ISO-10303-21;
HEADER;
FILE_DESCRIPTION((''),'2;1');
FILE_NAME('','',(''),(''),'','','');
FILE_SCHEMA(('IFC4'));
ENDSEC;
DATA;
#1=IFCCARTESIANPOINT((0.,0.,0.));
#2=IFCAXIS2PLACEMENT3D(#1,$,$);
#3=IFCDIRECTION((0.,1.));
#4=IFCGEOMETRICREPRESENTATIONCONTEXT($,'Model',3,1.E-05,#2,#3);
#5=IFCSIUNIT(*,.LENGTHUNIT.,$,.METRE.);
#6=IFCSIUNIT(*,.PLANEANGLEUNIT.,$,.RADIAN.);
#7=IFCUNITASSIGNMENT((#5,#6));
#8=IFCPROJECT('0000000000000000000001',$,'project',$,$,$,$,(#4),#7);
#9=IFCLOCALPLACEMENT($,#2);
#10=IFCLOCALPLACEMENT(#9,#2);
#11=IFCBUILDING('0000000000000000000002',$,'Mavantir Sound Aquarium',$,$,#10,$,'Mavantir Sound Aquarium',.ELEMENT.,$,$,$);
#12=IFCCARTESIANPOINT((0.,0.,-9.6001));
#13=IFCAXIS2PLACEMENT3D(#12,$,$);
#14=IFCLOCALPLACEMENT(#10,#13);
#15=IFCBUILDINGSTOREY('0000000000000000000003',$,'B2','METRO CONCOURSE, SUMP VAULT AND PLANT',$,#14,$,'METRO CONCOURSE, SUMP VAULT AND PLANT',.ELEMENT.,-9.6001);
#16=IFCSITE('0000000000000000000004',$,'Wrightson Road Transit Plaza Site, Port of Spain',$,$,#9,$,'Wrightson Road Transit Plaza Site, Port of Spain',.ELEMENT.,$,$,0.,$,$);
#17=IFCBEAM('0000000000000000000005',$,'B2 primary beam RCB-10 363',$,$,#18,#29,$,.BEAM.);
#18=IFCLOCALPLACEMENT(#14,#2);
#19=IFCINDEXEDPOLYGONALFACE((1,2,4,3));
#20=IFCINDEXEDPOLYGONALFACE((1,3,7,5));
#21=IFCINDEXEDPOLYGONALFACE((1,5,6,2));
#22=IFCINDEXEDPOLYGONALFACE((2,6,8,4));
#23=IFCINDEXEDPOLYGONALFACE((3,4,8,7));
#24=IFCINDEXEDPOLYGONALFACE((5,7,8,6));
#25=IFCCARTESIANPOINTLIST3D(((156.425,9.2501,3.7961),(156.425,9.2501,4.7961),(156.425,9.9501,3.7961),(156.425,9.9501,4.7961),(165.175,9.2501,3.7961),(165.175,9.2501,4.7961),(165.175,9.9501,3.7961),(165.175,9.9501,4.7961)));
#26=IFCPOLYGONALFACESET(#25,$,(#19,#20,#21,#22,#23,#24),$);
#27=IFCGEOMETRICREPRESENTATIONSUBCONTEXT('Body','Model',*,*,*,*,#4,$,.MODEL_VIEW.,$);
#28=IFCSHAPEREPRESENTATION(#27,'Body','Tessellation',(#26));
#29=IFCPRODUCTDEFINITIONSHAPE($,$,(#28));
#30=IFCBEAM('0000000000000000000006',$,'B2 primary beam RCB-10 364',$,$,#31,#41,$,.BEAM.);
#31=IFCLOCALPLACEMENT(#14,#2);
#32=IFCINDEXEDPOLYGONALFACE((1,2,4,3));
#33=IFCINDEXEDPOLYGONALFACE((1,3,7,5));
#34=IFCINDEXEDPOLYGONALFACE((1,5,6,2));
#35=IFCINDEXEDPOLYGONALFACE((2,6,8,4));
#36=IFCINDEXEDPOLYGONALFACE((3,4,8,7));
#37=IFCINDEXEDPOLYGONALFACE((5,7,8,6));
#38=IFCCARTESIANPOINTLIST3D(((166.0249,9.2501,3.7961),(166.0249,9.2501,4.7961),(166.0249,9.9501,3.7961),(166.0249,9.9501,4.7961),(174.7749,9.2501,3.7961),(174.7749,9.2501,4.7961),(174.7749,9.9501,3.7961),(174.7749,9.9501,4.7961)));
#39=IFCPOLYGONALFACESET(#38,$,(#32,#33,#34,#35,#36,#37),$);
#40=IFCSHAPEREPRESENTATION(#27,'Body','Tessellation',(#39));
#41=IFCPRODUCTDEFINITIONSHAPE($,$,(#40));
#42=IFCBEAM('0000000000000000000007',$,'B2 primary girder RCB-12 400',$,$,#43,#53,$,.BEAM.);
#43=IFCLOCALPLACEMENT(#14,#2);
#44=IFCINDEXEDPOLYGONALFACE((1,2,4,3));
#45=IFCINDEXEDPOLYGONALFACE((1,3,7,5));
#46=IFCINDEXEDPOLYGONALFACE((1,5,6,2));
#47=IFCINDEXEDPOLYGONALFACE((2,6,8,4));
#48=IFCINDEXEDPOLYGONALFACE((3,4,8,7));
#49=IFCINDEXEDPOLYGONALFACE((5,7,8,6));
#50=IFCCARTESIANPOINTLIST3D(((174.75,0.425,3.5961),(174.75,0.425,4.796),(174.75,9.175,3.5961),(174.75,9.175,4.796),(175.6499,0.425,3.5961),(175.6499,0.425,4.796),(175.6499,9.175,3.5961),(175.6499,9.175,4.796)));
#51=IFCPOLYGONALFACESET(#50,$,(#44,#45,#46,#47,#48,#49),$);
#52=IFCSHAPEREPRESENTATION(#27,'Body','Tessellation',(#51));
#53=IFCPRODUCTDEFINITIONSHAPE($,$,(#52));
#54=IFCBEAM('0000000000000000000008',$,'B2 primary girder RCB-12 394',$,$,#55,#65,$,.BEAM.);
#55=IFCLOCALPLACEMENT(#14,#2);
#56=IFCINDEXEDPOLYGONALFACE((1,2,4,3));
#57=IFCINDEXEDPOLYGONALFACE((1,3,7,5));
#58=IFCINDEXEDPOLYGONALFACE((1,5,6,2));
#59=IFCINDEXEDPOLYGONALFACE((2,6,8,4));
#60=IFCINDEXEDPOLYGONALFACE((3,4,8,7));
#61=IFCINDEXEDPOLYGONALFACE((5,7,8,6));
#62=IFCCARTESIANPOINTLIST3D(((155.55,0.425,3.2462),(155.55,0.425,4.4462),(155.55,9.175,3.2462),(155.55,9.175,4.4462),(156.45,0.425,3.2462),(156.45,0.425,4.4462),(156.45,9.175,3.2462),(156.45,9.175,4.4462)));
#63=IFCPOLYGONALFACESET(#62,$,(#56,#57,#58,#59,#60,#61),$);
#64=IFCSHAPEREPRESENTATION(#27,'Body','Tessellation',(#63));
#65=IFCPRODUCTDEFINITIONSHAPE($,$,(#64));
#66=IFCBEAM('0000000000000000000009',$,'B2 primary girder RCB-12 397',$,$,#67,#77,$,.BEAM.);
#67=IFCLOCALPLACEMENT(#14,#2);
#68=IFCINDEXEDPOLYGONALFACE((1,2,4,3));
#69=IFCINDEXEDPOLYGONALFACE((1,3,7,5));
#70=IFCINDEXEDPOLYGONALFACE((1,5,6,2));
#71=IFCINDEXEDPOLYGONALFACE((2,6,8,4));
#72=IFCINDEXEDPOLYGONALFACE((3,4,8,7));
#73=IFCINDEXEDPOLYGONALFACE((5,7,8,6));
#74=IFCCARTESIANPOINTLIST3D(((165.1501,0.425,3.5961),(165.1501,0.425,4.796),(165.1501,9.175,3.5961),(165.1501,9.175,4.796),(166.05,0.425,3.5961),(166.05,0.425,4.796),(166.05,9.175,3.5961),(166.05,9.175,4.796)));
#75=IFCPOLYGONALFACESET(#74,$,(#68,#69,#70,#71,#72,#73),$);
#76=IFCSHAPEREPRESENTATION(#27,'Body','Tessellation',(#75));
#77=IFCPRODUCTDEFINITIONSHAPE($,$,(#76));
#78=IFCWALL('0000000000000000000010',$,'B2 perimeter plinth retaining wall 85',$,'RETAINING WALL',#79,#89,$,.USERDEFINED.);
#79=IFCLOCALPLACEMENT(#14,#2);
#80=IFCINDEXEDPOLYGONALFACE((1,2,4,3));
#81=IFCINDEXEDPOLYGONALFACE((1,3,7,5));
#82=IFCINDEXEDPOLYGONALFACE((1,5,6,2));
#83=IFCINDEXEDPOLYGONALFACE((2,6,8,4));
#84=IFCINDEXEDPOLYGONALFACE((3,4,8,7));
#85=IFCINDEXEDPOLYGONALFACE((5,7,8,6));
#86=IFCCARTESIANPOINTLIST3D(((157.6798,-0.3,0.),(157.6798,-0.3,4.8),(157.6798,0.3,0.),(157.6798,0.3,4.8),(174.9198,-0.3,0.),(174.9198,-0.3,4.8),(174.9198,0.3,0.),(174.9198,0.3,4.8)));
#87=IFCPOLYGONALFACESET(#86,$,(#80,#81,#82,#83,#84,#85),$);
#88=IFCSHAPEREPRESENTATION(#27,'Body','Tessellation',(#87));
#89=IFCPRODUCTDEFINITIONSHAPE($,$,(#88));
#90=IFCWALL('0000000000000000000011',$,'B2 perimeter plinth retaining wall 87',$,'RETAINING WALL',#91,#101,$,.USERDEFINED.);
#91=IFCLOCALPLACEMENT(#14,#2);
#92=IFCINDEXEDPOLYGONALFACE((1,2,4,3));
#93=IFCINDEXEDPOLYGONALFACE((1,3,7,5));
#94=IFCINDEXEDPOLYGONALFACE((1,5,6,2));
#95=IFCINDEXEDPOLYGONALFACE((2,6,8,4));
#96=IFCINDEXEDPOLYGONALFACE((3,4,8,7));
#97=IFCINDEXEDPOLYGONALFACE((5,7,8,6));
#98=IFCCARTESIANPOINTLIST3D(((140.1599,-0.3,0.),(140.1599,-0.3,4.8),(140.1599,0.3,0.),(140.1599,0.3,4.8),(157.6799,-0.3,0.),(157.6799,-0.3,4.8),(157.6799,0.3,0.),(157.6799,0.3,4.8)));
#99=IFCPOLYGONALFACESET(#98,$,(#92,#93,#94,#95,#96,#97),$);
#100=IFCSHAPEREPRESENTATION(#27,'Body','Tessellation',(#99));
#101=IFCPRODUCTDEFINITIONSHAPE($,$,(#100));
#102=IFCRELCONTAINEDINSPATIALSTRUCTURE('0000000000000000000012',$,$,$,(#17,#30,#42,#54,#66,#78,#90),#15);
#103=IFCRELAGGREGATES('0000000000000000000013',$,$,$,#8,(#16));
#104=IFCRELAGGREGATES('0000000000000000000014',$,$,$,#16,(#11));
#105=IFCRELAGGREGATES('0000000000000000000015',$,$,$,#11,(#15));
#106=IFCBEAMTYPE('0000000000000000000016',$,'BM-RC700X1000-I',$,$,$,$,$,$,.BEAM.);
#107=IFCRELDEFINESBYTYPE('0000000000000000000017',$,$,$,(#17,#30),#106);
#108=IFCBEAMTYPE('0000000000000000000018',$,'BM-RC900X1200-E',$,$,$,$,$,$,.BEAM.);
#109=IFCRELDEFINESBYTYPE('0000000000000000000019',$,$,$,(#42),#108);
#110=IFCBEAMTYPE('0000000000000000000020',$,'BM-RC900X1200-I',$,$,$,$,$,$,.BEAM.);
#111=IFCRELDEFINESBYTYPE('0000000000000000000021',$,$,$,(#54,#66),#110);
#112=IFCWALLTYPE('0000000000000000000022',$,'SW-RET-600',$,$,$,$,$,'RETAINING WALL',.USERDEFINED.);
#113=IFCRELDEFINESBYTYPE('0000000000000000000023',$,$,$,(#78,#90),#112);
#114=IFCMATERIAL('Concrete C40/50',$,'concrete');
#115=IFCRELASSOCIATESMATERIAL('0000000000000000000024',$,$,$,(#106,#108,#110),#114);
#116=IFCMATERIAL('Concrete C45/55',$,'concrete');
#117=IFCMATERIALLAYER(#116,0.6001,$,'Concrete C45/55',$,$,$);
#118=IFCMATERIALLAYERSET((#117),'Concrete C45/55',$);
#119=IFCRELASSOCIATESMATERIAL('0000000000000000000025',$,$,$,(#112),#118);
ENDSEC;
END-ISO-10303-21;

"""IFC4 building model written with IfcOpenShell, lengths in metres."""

from ifc_helpers import new_model, si_unit, direction, frame, frame_2d, origin, origin_2d, place, context, subcontext, project, spatial, rectangle, extrude, material, layer, layer_set, material_profile, profile_set, type_object, element, save


model = new_model("IFC4")

# Units and contexts
model_context = context("Model", 3, precision=1e-05, world=origin(), true_north=direction((0.0, 1.0)))
body_context = subcontext(model_context, "Body", "Model", "MODEL_VIEW")
ifc_project = project(units=[si_unit("LENGTHUNIT", "METRE"), si_unit("PLANEANGLEUNIT", "RADIAN")], contexts=[model_context])

# Site, building, storey
site_placement = place(None, origin())
site = spatial("IfcSite", under=ifc_project, at=site_placement, Name="Wrightson Road Transit Plaza Site, Port of Spain", LongName="Wrightson Road Transit Plaza Site, Port of Spain", CompositionType="ELEMENT", RefElevation=0.0)
building_placement = place(site_placement, origin())
building = spatial("IfcBuilding", under=site, at=building_placement, Name="Mavantir Sound Aquarium", LongName="Mavantir Sound Aquarium", CompositionType="ELEMENT")
storey_placement = place(building_placement, frame((0.0, 0.0, -9.6001)))
storey = spatial("IfcBuildingStorey", under=building, at=storey_placement, Name="B2", Description="METRO CONCOURSE, SUMP VAULT AND PLANT", LongName="METRO CONCOURSE, SUMP VAULT AND PLANT", CompositionType="ELEMENT", Elevation=-9.6001)

# Shared definitions
ifc_material_1 = material(Name="Concrete C40/50", Category="concrete")

# Beams
ifc_material_profile_1 = material_profile(ifc_material_1, rectangle(XDim=0.7, YDim=1.0, at=origin_2d()), Name="RC 700X1000")
ifc_profile_set_1 = profile_set([ifc_material_profile_1], Name="Concrete C40/50")
beam_type_1 = type_object("IfcBeamType", Name="BM-RC700X1000-I", PredefinedType="BEAM", material=ifc_profile_set_1)
for number, where, z_axis, x_axis, name in (
    (1, (156.425, 9.6001, 4.2961), (1.0, 0.0, 0.0), (0.0, 1.0, 0.0), "B2 primary beam RCB-10 363"),
    (2, (166.0249, 9.6001, 4.2961), (1.0, 0.0, 0.0), (0.0, 1.0, 0.0), "B2 primary beam RCB-10 364"),
):
    element("IfcBeam", number, at=place(storey_placement, frame(where, z_axis=z_axis, x_axis=x_axis)), inside=storey, type_object=beam_type_1, Name=name, PredefinedType="BEAM", context=body_context, shape_type="SweptSolid", body=[
        extrude(rectangle(XDim=0.7, YDim=1.0, at=origin_2d()), origin(), (0.0, 0.0, 1.0), 8.75),
    ])
ifc_material_profile_2 = material_profile(ifc_material_1, rectangle(XDim=0.8999, YDim=1.2, at=origin_2d()), Name="RC 900X1200")
ifc_profile_set_2 = profile_set([ifc_material_profile_2], Name="Concrete C40/50")
beam_type_2 = type_object("IfcBeamType", Name="BM-RC900X1200-E", PredefinedType="BEAM", material=ifc_profile_set_2)
beam_placement = place(storey_placement, frame((175.2, 0.425, 4.196), z_axis=(0.0, 1.0, 0.0), x_axis=(-1.0, 0.0, 0.0)))
element("IfcBeam", 3, at=beam_placement, inside=storey, type_object=beam_type_2, Name="B2 primary girder RCB-12 400", PredefinedType="BEAM", context=body_context, shape_type="SweptSolid", body=[
    extrude(rectangle(XDim=0.8999, YDim=1.2, at=origin_2d()), origin(), (0.0, 0.0, 1.0), 8.75),
])
ifc_material_profile_3 = material_profile(ifc_material_1, rectangle(XDim=0.8999, YDim=1.2, at=origin_2d()), Name="RC 900X1200")
ifc_profile_set_3 = profile_set([ifc_material_profile_3], Name="Concrete C40/50")
beam_type_3 = type_object("IfcBeamType", Name="BM-RC900X1200-I", PredefinedType="BEAM", material=ifc_profile_set_3)
for number, where, z_axis, x_axis, name in (
    (4, (156.0, 0.425, 3.8462), (0.0, 1.0, 0.0), (-1.0, 0.0, 0.0), "B2 primary girder RCB-12 394"),
    (5, (165.6001, 0.425, 4.196), (0.0, 1.0, 0.0), (-1.0, 0.0, 0.0), "B2 primary girder RCB-12 397"),
):
    element("IfcBeam", number, at=place(storey_placement, frame(where, z_axis=z_axis, x_axis=x_axis)), inside=storey, type_object=beam_type_3, Name=name, PredefinedType="BEAM", context=body_context, shape_type="SweptSolid", body=[
        extrude(rectangle(XDim=0.8999, YDim=1.2, at=origin_2d()), origin(), (0.0, 0.0, 1.0), 8.75),
    ])

# Walls
ifc_material_2 = material(Name="Concrete C45/55", Category="concrete")
ifc_layer = layer(ifc_material_2, 0.6001, Name="Concrete C45/55")
ifc_layer_set = layer_set([ifc_layer], Name="Concrete C45/55")
wall_type = type_object("IfcWallType", Name="SW-RET-600", ElementType="RETAINING WALL", PredefinedType="USERDEFINED", material=ifc_layer_set)
wall_1_placement = place(storey_placement, frame((174.9199, 0.0, 0.0), z_axis=(0.0, 0.0, 1.0), x_axis=(-1.0, 0.0, 0.0)))
element("IfcWall", 6, at=wall_1_placement, inside=storey, type_object=wall_type, Name="B2 perimeter plinth retaining wall 85", ObjectType="RETAINING WALL", PredefinedType="USERDEFINED", context=body_context, shape_type="SweptSolid", body=[
    extrude(rectangle(XDim=17.24, YDim=0.6001, at=frame_2d((8.6201, 0.0))), origin(), (0.0, 0.0, 1.0), 4.8),
])
wall_2_placement = place(storey_placement, frame((157.6799, 0.0, 0.0), z_axis=(0.0, 0.0, 1.0), x_axis=(-1.0, 0.0, 0.0)))
element("IfcWall", 7, at=wall_2_placement, inside=storey, type_object=wall_type, Name="B2 perimeter plinth retaining wall 87", ObjectType="RETAINING WALL", PredefinedType="USERDEFINED", context=body_context, shape_type="SweptSolid", body=[
    extrude(rectangle(XDim=17.52, YDim=0.6001, at=frame_2d((8.76, 0.0))), origin(), (0.0, 0.0, 1.0), 4.8),
])

save(model, "model.ifc")
